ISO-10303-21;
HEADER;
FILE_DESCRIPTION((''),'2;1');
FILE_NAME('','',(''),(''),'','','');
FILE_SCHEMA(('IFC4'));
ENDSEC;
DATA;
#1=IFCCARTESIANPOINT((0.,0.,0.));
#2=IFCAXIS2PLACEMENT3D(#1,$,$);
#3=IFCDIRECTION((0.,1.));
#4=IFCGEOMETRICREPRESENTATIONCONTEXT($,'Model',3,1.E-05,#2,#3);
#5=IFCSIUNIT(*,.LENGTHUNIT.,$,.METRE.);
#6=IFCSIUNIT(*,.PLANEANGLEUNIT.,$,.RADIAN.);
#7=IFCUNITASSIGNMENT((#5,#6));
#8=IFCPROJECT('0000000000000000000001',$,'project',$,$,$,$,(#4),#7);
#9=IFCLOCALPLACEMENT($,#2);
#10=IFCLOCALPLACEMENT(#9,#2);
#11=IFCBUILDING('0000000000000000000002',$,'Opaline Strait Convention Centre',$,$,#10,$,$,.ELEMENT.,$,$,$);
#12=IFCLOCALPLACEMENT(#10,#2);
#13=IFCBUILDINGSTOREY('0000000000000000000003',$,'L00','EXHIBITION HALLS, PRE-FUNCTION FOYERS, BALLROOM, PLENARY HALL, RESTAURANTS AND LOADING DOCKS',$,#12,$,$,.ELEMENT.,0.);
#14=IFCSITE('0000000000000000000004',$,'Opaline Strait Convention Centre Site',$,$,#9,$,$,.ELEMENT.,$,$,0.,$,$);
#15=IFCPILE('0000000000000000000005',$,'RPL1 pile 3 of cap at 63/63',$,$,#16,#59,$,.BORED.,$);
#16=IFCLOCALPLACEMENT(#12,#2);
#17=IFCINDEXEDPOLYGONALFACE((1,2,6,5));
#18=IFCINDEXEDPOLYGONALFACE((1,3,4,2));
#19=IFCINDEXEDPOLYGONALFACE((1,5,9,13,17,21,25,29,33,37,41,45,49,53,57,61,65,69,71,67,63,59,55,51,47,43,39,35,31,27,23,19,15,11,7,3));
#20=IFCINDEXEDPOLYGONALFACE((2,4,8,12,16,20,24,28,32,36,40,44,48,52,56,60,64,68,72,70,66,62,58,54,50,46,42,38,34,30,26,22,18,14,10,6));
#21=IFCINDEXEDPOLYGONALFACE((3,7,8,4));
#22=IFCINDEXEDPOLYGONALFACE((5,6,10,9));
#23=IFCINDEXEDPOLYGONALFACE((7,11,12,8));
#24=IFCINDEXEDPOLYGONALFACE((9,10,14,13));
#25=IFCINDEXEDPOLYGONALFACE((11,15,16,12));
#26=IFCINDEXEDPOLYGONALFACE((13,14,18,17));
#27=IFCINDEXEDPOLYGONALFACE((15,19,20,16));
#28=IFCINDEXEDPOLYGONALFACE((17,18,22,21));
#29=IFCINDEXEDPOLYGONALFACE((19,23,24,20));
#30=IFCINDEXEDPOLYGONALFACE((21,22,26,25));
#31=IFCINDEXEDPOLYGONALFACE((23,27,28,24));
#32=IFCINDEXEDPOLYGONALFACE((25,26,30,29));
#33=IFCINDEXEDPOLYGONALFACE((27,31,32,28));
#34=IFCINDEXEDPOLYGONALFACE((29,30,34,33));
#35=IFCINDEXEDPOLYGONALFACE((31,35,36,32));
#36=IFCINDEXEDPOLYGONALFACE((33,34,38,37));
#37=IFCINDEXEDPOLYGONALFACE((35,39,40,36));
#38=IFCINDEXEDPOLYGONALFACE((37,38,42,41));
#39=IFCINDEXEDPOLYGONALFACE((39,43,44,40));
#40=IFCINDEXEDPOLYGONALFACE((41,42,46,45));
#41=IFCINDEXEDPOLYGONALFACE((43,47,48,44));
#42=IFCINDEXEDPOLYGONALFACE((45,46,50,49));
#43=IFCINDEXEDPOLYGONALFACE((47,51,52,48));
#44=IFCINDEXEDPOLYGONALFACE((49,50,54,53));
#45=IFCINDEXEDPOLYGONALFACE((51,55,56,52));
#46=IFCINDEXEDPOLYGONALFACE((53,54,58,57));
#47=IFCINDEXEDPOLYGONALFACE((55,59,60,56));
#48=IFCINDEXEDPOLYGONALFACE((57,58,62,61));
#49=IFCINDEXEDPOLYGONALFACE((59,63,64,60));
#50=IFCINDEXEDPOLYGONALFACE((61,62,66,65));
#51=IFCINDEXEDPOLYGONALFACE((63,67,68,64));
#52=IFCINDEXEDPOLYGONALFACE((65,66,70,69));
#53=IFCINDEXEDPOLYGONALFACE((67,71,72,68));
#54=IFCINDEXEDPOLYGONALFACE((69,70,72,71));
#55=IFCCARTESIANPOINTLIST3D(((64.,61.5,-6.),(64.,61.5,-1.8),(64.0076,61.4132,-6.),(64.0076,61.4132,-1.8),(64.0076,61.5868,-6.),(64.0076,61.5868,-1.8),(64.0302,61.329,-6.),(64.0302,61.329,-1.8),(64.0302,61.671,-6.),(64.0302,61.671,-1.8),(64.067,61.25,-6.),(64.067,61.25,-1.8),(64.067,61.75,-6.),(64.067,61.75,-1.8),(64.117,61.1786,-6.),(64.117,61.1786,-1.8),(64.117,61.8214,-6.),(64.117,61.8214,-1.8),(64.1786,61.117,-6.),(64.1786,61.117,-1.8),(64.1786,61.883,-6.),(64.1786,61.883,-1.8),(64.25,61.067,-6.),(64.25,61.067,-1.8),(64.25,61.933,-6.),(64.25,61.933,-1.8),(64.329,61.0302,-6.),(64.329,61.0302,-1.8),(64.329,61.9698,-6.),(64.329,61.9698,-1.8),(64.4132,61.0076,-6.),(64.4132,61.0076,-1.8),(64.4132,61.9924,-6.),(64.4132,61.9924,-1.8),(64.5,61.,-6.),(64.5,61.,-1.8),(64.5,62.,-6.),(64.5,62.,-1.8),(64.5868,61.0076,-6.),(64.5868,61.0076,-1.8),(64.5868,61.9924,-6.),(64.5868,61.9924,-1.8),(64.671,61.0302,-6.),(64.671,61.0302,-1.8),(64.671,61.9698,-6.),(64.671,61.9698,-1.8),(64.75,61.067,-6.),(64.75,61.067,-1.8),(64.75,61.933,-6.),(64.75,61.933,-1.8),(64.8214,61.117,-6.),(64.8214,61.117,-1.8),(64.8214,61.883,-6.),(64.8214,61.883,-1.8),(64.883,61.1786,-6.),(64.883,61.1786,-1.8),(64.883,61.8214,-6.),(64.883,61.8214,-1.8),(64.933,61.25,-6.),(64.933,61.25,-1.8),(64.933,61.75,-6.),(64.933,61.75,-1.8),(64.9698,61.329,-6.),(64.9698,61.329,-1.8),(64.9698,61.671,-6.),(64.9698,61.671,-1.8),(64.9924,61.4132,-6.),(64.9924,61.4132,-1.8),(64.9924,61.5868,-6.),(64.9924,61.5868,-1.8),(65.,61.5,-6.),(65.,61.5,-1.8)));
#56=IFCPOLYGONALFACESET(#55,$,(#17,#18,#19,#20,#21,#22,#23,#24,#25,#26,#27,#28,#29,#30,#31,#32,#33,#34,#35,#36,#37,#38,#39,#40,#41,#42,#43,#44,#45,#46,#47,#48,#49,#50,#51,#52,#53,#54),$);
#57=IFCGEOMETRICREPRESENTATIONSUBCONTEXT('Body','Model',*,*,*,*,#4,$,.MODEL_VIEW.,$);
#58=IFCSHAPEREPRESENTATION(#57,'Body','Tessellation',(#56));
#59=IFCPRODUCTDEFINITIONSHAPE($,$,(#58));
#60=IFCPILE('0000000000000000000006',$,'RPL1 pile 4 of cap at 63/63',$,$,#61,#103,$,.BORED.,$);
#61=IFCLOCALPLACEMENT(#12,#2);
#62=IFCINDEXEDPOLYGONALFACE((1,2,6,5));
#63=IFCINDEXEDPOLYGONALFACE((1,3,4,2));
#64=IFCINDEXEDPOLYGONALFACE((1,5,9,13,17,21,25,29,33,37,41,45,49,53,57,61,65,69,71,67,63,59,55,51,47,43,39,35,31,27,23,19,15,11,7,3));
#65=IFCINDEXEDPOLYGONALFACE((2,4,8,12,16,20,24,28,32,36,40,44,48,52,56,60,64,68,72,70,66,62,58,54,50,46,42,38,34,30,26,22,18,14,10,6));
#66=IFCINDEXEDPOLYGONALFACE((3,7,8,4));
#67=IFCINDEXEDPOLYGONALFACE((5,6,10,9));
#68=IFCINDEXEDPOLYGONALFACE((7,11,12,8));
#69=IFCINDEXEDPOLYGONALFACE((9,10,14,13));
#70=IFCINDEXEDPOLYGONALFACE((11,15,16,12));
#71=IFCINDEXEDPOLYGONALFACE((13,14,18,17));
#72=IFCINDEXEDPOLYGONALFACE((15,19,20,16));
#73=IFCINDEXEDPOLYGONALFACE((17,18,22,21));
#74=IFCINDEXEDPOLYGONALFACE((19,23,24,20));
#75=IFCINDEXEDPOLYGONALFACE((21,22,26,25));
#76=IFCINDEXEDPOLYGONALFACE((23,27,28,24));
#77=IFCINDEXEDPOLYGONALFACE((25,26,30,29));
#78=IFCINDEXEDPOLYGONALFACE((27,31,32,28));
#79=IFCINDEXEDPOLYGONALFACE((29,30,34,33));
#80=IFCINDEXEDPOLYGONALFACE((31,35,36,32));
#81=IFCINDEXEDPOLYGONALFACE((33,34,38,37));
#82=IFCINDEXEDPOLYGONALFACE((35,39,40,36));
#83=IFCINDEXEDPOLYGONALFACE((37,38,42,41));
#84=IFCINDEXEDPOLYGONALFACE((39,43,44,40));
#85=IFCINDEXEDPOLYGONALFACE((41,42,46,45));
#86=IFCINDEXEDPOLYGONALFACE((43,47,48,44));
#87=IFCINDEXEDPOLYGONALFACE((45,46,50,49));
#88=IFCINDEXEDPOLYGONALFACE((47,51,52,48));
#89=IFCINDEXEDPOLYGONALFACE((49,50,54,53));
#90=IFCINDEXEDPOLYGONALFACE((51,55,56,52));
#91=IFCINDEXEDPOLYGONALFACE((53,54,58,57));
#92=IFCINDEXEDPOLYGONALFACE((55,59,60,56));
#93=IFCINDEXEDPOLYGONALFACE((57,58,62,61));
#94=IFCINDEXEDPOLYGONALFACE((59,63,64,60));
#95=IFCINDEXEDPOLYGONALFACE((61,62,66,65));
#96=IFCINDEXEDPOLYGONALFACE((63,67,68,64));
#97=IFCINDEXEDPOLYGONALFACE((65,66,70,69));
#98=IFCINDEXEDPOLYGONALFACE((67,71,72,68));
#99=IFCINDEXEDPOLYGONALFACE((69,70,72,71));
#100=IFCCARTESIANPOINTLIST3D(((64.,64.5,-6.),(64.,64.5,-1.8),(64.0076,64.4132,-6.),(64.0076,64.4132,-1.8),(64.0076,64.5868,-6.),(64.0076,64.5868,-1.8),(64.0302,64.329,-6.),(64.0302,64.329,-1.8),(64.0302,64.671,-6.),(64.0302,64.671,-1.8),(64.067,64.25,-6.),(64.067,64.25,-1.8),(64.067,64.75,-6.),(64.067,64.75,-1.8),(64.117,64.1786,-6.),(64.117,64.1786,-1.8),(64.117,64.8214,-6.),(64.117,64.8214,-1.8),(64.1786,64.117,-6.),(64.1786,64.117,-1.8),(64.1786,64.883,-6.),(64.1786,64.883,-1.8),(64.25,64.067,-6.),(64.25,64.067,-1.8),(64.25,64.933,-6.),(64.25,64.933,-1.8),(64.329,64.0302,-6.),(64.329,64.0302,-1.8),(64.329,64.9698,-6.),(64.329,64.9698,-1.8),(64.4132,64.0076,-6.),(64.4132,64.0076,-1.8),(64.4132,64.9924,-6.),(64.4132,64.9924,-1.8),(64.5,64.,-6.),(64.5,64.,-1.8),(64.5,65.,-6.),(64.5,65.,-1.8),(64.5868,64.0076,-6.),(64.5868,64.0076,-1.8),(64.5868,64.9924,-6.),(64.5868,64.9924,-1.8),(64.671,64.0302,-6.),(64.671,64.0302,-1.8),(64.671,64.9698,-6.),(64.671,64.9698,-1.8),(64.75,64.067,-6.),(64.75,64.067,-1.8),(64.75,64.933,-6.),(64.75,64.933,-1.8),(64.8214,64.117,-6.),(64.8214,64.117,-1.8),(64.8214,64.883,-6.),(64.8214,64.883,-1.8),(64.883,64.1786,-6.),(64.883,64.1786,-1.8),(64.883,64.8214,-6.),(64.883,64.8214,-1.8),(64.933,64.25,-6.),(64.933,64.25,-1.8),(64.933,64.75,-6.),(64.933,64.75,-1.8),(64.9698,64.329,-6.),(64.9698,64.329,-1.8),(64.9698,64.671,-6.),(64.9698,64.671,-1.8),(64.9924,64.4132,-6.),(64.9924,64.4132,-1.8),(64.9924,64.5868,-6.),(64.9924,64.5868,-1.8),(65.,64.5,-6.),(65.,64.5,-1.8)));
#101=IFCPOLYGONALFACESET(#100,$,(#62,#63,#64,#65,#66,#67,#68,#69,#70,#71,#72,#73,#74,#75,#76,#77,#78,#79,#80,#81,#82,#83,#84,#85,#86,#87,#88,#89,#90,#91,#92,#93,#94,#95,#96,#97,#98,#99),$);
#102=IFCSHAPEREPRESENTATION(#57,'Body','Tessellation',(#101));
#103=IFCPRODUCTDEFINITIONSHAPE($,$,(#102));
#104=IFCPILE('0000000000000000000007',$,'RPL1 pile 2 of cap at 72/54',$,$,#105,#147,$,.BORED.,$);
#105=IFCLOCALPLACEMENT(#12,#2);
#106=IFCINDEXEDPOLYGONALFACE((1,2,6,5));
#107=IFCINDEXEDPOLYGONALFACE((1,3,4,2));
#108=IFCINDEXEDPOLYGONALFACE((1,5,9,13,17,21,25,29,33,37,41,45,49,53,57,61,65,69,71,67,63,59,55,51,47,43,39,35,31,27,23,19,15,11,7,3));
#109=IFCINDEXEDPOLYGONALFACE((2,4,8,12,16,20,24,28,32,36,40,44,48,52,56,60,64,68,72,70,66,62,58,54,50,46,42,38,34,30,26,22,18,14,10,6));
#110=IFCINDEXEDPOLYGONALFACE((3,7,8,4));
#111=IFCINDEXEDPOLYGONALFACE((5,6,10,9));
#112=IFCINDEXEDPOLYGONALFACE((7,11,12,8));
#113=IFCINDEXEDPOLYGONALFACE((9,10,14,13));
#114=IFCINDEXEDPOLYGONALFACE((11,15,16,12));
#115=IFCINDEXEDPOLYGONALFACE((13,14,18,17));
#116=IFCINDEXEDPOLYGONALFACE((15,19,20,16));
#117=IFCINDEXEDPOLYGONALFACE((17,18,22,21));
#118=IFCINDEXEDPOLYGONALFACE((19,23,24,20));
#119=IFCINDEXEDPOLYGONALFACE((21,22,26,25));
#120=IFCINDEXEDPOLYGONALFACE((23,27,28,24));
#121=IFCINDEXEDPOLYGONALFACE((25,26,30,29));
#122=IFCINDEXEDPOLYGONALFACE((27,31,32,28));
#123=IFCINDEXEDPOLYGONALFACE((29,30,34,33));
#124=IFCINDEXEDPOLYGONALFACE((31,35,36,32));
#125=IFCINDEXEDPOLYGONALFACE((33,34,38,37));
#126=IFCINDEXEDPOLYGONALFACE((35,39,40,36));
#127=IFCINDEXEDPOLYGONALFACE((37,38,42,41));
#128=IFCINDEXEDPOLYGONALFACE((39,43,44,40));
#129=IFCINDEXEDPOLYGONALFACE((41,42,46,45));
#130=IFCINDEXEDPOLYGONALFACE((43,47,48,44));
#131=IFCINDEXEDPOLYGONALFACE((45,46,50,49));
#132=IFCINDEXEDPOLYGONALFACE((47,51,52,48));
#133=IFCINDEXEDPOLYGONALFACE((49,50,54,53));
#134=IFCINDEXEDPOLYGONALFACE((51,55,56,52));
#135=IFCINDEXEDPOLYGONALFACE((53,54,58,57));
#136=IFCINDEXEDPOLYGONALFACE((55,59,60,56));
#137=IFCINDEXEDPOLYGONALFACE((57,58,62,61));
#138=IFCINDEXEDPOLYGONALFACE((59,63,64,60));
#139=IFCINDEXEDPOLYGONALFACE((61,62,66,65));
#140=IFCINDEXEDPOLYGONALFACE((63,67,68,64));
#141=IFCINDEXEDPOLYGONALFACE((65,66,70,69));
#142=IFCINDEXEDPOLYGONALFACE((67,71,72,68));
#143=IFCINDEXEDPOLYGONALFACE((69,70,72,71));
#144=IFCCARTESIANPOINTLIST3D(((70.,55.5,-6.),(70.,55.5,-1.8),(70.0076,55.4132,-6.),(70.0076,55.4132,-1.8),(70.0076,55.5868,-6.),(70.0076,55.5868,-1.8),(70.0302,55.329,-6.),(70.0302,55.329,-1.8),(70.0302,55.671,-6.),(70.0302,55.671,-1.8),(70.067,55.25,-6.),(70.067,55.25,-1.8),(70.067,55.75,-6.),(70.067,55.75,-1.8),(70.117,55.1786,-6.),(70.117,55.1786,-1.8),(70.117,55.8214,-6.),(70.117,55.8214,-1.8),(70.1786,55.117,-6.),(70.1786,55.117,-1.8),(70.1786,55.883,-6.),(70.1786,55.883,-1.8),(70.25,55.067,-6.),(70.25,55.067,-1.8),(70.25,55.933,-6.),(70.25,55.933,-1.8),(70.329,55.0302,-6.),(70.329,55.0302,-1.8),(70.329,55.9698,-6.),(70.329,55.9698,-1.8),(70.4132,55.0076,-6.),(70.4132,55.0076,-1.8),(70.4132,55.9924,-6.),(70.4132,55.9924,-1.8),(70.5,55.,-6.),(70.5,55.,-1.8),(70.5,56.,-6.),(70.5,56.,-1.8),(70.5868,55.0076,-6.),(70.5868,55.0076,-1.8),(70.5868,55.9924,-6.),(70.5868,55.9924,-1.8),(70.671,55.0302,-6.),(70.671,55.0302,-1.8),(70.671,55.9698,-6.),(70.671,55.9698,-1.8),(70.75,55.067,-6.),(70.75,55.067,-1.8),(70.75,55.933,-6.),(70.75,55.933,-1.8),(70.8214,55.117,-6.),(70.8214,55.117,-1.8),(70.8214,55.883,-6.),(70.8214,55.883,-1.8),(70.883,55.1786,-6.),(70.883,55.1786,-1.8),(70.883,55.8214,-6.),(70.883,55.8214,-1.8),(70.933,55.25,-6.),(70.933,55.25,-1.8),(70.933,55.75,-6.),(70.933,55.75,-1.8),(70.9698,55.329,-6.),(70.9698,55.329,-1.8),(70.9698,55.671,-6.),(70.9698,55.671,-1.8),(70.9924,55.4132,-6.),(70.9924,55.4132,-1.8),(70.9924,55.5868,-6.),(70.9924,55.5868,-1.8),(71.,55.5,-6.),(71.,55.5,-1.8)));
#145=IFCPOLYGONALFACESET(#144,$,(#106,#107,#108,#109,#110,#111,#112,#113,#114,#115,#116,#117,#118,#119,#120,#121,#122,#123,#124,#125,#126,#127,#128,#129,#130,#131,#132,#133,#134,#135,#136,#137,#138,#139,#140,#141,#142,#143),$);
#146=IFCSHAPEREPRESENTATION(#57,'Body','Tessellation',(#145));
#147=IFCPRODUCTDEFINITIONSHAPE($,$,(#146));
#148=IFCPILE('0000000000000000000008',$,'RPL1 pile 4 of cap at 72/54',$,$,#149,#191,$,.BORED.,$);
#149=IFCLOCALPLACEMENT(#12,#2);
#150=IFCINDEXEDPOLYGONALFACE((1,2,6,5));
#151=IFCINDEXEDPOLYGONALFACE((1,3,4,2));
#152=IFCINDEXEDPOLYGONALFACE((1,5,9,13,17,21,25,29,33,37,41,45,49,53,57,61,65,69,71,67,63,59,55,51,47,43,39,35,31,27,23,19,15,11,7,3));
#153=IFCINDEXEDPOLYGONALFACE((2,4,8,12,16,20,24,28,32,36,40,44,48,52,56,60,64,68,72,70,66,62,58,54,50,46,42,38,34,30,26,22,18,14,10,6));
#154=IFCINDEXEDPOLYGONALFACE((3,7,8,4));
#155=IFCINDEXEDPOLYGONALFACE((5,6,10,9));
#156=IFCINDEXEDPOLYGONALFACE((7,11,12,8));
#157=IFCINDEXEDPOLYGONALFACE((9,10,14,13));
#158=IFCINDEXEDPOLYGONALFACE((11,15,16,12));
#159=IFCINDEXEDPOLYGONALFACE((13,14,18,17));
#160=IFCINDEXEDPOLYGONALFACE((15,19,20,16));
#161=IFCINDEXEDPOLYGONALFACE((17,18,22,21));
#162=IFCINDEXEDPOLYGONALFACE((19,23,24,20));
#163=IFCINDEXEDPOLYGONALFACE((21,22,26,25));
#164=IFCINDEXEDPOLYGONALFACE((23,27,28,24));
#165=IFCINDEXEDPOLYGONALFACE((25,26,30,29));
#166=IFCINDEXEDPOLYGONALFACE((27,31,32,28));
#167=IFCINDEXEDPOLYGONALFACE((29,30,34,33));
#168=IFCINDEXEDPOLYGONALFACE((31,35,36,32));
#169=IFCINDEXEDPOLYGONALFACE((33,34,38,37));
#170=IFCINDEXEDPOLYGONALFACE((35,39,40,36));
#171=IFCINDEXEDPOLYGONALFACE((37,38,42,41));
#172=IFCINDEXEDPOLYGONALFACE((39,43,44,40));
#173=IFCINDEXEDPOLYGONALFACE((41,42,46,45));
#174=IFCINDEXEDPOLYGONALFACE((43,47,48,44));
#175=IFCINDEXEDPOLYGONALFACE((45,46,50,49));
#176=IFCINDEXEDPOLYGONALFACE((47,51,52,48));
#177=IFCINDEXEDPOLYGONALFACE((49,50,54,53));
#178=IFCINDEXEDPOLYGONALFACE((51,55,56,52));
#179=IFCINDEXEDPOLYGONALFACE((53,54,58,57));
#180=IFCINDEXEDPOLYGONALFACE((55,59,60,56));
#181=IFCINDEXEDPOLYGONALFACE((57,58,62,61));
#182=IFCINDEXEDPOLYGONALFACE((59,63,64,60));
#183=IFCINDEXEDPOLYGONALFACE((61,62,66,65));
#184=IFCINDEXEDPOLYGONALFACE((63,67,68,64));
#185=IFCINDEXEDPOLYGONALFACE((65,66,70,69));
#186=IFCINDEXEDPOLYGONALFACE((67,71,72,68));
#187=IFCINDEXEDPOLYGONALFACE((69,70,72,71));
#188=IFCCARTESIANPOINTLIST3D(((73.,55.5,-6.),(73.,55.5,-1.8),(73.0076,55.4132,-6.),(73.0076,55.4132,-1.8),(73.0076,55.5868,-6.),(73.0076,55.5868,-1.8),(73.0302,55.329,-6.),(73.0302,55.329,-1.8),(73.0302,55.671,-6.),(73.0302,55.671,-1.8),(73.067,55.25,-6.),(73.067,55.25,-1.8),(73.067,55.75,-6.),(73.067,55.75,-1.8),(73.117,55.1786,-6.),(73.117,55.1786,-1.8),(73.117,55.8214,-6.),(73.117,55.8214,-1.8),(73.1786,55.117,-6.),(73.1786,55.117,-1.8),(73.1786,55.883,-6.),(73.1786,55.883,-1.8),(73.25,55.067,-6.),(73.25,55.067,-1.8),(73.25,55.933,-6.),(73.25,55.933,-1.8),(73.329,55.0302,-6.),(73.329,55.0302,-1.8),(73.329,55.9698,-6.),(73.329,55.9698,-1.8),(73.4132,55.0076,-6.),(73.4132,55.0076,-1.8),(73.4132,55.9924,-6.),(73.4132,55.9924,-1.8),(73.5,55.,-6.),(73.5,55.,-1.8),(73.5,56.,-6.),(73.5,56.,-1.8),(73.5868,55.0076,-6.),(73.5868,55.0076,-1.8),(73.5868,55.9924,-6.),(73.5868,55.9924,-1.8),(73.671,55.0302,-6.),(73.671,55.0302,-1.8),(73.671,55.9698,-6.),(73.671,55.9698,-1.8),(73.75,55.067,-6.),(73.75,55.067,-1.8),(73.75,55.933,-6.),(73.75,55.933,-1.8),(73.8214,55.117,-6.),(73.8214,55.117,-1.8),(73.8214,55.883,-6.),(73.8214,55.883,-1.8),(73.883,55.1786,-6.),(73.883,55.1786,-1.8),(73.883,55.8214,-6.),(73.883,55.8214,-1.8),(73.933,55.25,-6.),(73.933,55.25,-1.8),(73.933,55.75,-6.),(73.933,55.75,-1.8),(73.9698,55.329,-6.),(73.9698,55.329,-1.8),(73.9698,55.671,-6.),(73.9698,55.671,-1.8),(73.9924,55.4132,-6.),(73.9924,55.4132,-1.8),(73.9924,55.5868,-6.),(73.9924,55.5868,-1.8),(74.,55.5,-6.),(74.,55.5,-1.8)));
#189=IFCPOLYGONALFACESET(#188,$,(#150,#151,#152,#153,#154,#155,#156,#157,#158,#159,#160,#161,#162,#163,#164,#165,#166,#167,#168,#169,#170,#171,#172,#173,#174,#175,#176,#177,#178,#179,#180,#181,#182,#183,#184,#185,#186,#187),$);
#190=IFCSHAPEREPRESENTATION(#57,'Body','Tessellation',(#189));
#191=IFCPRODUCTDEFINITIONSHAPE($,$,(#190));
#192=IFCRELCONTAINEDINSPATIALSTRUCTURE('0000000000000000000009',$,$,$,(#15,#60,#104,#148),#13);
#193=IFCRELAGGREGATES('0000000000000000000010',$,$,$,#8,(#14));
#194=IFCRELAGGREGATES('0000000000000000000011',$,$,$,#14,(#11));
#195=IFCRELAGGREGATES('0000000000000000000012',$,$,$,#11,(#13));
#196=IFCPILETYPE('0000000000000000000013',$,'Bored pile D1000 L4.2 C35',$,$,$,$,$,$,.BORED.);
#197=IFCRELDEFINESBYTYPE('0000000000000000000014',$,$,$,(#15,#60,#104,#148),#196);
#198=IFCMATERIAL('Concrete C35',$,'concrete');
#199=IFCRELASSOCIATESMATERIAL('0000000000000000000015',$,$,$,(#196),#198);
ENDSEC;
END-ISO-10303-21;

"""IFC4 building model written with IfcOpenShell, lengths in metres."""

from ifc_helpers import new_model, si_unit, direction, frame, origin, origin_2d, place, context, subcontext, project, spatial, circle, extrude, material, material_profile, profile_set, type_object, element, save


model = new_model("IFC4")

# Units and contexts
model_context = context("Model", 3, precision=1e-05, world=origin(), true_north=direction((0.0, 1.0)))
body_context = subcontext(model_context, "Body", "Model", "MODEL_VIEW")
ifc_project = project(units=[si_unit("LENGTHUNIT", "METRE"), si_unit("PLANEANGLEUNIT", "RADIAN")], contexts=[model_context])

# Site, building, storey
site_placement = place(None, origin())
site = spatial("IfcSite", under=ifc_project, at=site_placement, Name="Opaline Strait Convention Centre Site", CompositionType="ELEMENT", RefElevation=0.0)
building_placement = place(site_placement, origin())
building = spatial("IfcBuilding", under=site, at=building_placement, Name="Opaline Strait Convention Centre", CompositionType="ELEMENT")
storey_placement = place(building_placement, origin())
storey = spatial("IfcBuildingStorey", under=building, at=storey_placement, Name="L00", Description="EXHIBITION HALLS, PRE-FUNCTION FOYERS, BALLROOM, PLENARY HALL, RESTAURANTS AND LOADING DOCKS", CompositionType="ELEMENT", Elevation=0.0)

# Piles
ifc_material_1 = material(Name="Concrete C35", Category="concrete")
ifc_material_profile_1 = material_profile(ifc_material_1, circle(Radius=0.5, at=origin_2d()), Name="D1000")
ifc_profile_set_1 = profile_set([ifc_material_profile_1], Name="Concrete C35")
pile_type = type_object("IfcPileType", Name="Bored pile D1000 L4.2 C35", PredefinedType="BORED", material=ifc_profile_set_1)
for number, where, z_axis, x_axis, name in (
    (1, (64.5, 61.5, -1.8), (0.0, 0.0, -1.0), (1.0, 0.0, 0.0), "RPL1 pile 3 of cap at 63/63"),
    (2, (64.5, 64.5, -1.8), (0.0, 0.0, -1.0), (1.0, 0.0, 0.0), "RPL1 pile 4 of cap at 63/63"),
    (3, (70.5, 55.5, -1.8), (0.0, 0.0, -1.0), (1.0, 0.0, 0.0), "RPL1 pile 2 of cap at 72/54"),
    (4, (73.5, 55.5, -1.8), (0.0, 0.0, -1.0), (1.0, 0.0, 0.0), "RPL1 pile 4 of cap at 72/54"),
):
    element("IfcPile", number, at=place(storey_placement, frame(where, z_axis=z_axis, x_axis=x_axis)), inside=storey, type_object=pile_type, Name=name, PredefinedType="BORED", context=body_context, shape_type="SweptSolid", body=[
        extrude(circle(Radius=0.5, at=origin_2d()), origin(), (0.0, 0.0, 1.0), 4.2),
    ])

save(model, "model.ifc")
